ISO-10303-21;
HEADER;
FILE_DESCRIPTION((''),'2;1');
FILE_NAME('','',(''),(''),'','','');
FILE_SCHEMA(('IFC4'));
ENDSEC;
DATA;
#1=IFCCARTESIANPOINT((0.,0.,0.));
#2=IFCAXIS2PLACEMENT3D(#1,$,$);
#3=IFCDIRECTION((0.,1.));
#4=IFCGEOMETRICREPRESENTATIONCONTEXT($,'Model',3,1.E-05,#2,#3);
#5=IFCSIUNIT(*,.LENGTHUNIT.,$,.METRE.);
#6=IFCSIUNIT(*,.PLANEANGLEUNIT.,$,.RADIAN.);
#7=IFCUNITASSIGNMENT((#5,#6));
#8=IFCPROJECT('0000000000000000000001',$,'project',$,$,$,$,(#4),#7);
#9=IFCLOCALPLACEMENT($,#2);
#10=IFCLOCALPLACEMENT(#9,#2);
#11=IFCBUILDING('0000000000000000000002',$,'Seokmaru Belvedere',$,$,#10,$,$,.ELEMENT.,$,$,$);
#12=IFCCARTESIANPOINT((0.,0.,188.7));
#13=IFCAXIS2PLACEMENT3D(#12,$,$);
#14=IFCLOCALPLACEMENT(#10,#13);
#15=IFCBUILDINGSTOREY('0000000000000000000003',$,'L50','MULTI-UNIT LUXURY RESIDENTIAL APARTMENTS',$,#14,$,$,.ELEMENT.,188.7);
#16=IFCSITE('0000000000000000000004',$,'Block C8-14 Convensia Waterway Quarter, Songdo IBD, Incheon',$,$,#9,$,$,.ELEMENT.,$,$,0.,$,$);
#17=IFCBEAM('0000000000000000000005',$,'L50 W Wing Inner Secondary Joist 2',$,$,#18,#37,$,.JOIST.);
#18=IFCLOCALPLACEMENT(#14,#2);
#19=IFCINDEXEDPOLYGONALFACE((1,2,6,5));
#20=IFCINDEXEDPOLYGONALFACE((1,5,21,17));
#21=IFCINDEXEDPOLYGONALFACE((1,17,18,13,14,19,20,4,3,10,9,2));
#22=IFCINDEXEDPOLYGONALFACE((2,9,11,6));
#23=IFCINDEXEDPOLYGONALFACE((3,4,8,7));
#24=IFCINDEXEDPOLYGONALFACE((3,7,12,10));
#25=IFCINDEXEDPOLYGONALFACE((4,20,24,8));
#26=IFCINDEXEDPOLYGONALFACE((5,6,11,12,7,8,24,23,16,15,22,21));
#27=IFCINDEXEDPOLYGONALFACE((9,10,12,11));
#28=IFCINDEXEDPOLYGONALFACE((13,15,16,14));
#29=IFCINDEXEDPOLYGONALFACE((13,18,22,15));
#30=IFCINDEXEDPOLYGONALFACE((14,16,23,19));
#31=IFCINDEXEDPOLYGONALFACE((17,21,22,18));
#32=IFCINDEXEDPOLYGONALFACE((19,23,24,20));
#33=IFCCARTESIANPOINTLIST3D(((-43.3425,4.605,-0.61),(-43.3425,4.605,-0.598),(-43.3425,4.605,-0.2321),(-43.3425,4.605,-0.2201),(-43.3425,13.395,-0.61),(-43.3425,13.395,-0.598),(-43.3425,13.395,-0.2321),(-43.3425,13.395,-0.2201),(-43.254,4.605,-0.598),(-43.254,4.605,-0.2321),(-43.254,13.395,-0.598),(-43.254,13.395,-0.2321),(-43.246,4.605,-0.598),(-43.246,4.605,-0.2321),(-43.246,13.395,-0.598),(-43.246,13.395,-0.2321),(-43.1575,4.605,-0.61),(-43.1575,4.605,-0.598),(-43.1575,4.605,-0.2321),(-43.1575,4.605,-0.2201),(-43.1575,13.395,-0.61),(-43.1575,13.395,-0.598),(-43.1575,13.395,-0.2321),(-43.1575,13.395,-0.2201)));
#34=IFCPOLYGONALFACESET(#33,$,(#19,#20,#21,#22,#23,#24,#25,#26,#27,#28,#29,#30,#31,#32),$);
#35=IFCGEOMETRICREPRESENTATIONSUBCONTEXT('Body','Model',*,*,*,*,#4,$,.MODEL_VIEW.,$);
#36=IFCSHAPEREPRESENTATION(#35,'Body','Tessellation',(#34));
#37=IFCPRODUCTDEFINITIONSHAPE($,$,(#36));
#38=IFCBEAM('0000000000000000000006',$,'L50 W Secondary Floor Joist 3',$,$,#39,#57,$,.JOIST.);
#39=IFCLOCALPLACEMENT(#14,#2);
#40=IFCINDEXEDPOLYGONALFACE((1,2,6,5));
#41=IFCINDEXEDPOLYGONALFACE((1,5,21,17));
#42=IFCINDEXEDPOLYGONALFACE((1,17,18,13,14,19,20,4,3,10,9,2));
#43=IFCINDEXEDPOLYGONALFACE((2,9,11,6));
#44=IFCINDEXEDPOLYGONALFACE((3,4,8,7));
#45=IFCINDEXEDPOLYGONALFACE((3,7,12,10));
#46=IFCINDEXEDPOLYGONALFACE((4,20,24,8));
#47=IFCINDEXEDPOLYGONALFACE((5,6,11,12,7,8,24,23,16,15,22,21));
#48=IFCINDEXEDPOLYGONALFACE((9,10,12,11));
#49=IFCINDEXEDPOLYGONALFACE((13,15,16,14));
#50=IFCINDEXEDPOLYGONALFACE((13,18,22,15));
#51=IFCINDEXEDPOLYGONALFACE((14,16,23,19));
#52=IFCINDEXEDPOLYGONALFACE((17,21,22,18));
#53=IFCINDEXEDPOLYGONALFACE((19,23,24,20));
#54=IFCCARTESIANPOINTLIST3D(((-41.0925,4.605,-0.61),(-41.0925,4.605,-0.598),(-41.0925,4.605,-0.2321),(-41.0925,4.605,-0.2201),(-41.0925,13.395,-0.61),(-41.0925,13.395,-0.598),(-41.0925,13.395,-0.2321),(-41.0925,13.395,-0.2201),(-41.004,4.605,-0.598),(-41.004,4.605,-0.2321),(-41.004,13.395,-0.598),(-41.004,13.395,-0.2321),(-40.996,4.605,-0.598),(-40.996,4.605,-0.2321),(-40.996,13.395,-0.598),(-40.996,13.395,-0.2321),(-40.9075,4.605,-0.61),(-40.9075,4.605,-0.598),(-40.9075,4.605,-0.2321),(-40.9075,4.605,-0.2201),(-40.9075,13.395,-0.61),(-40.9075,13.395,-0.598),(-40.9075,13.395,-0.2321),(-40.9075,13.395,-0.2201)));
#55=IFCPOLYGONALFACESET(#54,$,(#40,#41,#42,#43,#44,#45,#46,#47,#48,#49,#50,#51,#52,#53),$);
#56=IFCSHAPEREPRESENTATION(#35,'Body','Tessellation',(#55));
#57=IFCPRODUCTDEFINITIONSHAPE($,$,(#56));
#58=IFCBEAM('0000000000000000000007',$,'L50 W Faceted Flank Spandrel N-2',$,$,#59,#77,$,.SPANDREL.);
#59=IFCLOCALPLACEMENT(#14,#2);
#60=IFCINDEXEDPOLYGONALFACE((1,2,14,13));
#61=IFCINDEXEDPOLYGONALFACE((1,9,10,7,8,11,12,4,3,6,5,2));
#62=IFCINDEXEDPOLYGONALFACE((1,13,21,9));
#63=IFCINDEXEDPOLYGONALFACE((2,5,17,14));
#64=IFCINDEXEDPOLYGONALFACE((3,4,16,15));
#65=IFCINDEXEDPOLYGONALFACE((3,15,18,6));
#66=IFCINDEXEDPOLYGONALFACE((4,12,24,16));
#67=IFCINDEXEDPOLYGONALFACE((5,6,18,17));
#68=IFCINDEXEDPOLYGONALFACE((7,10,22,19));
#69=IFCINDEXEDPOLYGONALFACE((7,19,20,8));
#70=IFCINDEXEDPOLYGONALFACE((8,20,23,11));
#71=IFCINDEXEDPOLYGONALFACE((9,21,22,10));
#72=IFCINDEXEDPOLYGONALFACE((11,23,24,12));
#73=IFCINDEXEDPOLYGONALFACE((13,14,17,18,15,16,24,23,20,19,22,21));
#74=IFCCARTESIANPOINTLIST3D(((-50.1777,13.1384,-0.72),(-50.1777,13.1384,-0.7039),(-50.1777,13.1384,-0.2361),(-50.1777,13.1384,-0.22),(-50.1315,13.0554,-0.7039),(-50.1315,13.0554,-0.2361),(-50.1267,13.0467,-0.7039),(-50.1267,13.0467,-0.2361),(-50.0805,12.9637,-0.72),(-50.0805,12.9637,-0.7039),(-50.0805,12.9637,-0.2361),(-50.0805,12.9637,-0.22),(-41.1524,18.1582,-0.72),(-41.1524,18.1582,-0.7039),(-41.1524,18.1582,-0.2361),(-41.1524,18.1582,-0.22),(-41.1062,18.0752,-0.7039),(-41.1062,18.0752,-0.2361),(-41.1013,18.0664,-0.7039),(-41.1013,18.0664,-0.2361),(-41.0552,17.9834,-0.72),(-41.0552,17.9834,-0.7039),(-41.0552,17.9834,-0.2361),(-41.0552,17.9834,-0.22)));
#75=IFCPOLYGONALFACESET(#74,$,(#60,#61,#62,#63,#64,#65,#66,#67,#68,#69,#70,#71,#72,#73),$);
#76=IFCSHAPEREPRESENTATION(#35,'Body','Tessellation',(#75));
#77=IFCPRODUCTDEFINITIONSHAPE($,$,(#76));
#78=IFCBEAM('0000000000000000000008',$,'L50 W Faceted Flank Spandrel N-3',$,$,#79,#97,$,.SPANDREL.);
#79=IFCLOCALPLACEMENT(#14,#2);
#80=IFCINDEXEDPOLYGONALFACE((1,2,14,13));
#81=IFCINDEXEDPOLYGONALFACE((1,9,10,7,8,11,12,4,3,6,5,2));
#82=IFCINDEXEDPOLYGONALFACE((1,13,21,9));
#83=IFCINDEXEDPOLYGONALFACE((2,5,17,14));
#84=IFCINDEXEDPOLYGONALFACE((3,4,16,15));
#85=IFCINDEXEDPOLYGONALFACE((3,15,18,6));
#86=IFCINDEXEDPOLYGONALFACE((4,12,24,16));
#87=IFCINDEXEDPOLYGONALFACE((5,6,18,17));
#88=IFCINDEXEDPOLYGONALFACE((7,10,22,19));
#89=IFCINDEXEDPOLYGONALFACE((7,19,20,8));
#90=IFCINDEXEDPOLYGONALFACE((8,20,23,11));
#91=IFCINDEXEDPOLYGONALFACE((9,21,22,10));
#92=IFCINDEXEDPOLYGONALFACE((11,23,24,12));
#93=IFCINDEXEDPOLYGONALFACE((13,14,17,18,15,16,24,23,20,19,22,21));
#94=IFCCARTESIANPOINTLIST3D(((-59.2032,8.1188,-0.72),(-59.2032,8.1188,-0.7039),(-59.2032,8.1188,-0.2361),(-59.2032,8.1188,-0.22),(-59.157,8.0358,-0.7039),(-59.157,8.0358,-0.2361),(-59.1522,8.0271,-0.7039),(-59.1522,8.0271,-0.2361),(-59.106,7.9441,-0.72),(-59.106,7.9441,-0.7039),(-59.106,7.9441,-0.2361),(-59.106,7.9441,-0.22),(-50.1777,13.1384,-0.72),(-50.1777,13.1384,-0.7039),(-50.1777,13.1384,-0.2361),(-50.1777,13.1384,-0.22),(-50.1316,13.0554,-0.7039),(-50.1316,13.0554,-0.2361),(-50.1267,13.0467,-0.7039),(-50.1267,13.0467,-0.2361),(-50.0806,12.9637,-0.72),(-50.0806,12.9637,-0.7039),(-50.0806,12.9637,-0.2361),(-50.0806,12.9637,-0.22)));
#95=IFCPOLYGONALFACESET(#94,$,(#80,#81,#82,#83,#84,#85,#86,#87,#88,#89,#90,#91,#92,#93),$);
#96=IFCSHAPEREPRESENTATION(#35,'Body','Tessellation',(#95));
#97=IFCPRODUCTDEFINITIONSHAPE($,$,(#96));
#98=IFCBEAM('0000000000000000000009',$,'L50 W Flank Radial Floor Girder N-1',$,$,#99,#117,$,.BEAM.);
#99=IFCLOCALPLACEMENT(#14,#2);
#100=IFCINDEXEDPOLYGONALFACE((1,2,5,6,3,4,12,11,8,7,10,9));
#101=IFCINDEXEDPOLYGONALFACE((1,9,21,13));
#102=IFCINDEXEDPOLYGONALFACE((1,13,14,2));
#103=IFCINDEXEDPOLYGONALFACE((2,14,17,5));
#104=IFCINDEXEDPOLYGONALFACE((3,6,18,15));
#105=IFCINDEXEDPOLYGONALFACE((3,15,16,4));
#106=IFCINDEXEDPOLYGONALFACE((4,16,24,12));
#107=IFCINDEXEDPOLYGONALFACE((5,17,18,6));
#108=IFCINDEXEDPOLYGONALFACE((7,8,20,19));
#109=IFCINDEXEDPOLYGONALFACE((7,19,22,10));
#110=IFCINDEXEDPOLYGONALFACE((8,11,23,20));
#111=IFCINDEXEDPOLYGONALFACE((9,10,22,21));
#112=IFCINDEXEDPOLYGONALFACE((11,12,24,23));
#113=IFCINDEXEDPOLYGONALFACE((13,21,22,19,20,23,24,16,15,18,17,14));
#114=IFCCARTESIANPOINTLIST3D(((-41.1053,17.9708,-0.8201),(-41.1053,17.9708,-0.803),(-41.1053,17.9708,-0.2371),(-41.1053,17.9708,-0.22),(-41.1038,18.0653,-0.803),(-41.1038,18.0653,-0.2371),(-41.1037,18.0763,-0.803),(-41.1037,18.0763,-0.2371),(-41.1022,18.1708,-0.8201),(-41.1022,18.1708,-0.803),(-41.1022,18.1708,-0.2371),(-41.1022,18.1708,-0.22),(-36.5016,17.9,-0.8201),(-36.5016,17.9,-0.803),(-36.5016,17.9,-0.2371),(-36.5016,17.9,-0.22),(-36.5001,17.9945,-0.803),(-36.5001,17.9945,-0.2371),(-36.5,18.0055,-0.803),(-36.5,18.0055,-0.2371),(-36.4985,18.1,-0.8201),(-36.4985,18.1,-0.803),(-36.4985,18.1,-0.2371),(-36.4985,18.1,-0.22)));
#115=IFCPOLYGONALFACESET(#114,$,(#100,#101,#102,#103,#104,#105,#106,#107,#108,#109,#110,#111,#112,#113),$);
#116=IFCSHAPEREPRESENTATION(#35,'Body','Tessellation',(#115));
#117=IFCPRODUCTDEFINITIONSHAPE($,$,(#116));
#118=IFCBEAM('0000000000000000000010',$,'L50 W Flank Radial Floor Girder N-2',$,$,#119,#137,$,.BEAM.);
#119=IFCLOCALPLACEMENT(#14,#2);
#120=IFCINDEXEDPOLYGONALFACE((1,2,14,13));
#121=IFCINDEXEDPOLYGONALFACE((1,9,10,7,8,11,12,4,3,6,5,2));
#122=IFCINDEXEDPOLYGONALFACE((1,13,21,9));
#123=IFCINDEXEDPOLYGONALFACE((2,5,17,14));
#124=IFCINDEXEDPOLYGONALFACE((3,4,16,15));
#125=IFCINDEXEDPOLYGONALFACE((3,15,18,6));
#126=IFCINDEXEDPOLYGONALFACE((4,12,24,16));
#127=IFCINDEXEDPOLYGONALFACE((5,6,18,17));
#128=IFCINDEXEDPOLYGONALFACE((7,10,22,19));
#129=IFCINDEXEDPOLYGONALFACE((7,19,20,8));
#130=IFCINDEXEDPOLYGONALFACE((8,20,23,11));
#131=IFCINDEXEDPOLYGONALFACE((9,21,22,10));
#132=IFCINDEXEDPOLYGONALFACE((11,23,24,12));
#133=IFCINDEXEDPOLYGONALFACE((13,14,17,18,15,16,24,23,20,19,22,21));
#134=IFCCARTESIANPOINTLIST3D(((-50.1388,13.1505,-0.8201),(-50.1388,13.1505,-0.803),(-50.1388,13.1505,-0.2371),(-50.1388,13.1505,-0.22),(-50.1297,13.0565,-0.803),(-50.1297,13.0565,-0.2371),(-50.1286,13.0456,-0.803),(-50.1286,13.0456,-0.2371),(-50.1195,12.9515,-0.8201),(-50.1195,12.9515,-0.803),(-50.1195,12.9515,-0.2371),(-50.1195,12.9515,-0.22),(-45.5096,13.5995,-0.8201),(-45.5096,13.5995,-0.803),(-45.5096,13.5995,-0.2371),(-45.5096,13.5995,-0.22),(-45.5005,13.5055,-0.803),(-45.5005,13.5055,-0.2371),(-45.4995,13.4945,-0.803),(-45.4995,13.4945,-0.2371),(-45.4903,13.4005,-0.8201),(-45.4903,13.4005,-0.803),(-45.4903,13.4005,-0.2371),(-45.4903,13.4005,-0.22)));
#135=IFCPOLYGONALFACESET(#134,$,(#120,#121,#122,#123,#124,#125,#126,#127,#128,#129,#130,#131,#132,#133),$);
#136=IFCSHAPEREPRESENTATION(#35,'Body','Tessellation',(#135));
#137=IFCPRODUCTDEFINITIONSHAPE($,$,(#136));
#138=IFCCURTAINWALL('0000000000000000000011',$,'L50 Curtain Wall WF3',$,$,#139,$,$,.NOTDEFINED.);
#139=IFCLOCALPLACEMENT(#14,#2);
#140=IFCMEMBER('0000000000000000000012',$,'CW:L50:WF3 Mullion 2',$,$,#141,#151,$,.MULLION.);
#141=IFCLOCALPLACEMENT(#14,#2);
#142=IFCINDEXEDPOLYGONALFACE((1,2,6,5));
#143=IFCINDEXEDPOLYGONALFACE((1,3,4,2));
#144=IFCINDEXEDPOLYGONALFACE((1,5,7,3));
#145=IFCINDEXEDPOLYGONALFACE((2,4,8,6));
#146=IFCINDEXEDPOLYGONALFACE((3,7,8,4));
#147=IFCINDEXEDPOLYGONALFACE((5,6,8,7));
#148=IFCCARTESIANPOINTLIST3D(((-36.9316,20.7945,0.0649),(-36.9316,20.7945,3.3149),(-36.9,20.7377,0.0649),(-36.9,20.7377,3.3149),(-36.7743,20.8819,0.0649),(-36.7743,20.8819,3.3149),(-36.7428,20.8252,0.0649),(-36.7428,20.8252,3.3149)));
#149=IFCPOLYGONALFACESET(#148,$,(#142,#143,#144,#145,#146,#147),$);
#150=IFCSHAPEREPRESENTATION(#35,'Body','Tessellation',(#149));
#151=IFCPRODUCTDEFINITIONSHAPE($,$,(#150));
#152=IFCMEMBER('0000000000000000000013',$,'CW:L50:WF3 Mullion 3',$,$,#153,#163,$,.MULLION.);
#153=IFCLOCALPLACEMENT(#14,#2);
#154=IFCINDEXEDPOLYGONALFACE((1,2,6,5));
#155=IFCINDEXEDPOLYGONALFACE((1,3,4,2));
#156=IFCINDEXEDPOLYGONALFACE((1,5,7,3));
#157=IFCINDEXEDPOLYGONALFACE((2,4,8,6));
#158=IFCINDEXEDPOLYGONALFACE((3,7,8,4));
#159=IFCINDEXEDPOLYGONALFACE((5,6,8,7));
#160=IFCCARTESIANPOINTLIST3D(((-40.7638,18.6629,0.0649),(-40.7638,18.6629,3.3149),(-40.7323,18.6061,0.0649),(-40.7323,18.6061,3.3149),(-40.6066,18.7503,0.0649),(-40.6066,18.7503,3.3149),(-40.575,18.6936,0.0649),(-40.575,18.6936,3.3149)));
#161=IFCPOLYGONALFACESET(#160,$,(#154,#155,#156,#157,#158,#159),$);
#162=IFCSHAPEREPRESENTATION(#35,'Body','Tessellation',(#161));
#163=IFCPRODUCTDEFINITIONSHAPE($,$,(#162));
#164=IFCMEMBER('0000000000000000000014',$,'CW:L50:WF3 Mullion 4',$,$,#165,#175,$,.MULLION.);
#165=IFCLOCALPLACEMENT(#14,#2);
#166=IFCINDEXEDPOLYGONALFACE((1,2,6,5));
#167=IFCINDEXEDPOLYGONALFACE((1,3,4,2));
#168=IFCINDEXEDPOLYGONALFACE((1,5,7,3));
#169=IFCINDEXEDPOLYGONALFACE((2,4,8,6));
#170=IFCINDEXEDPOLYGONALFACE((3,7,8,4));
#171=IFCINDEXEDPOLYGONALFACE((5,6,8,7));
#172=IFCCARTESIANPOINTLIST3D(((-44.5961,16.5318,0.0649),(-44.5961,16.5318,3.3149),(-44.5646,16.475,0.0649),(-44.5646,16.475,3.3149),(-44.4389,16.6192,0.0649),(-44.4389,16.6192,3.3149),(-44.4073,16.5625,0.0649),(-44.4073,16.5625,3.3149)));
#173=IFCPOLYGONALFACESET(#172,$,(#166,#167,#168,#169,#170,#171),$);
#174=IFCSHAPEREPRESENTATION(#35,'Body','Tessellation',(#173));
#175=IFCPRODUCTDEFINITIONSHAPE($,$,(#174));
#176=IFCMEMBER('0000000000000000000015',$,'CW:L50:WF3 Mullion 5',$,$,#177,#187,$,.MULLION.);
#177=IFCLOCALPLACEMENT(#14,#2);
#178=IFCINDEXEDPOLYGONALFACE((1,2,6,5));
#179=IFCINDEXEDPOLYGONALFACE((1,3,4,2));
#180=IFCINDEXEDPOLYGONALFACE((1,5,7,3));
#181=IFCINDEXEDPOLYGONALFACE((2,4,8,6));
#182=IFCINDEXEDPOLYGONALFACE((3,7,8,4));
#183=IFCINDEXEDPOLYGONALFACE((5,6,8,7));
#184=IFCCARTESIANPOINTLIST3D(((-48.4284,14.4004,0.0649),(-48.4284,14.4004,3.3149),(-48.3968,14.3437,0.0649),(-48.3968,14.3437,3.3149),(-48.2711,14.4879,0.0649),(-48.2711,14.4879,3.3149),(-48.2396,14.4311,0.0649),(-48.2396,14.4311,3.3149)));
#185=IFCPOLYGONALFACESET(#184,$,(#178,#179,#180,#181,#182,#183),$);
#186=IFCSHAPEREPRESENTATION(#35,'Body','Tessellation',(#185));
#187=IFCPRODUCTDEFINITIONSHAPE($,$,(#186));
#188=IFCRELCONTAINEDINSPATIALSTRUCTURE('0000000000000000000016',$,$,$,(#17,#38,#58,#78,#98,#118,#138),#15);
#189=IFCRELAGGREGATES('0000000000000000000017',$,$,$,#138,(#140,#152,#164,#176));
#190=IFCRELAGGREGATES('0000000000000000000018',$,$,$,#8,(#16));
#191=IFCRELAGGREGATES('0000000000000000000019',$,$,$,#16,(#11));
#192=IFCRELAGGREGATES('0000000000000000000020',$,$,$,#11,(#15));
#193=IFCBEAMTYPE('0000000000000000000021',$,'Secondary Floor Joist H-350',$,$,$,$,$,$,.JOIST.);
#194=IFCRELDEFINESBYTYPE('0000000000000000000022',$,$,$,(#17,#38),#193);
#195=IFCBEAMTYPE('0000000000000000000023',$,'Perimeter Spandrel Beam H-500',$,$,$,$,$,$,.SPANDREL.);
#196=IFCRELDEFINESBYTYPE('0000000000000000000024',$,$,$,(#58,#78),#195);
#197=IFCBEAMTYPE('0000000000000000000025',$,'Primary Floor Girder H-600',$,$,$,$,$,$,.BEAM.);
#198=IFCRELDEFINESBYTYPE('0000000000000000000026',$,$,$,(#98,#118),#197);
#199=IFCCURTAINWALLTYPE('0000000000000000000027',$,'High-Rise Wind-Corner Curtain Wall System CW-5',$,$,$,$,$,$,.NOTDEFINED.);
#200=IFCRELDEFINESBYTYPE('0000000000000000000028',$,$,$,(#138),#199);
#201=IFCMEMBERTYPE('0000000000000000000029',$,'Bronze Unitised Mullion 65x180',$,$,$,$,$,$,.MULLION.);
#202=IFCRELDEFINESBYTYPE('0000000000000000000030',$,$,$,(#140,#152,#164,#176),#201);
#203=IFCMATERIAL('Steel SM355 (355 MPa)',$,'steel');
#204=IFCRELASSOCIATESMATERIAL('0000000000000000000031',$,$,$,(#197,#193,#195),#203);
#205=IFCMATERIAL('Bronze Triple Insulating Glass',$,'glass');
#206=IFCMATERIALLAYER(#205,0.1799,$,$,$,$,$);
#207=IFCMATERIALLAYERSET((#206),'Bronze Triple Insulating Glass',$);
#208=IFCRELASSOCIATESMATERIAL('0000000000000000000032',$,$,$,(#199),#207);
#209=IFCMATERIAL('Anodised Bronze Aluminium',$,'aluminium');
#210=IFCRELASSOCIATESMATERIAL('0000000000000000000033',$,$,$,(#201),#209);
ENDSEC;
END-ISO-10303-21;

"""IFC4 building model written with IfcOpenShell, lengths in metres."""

from ifc_helpers import new_model, si_unit, direction, frame, origin, origin_2d, place, context, subcontext, project, spatial, rectangle, i_section, extrude, source, transform, mapped, material, layer, layer_set, material_profile, profile_set, type_object, type_shapes, element, aggregate, save


model = new_model("IFC4")

# Units and contexts
model_context = context("Model", 3, precision=1e-05, world=origin(), true_north=direction((0.0, 1.0)))
body_context = subcontext(model_context, "Body", "Model", "MODEL_VIEW")
ifc_project = project(units=[si_unit("LENGTHUNIT", "METRE"), si_unit("PLANEANGLEUNIT", "RADIAN")], contexts=[model_context])

# Site, building, storey
site_placement = place(None, origin())
site = spatial("IfcSite", under=ifc_project, at=site_placement, Name="Block C8-14 Convensia Waterway Quarter, Songdo IBD, Incheon", CompositionType="ELEMENT", RefElevation=0.0)
building_placement = place(site_placement, origin())
building = spatial("IfcBuilding", under=site, at=building_placement, Name="Seokmaru Belvedere", CompositionType="ELEMENT")
storey_placement = place(building_placement, frame((0.0, 0.0, 188.7)))
storey = spatial("IfcBuildingStorey", under=building, at=storey_placement, Name="L50", Description="MULTI-UNIT LUXURY RESIDENTIAL APARTMENTS", CompositionType="ELEMENT", Elevation=188.7)

# Shared definitions
ifc_material_1 = material(Name="Steel SM355 (355 MPa)", Category="steel")

# Beams
ifc_material_profile_1 = material_profile(ifc_material_1, i_section(OverallWidth=0.2, OverallDepth=0.6001, WebThickness=0.011, FlangeThickness=0.0171, at=origin_2d()), Name="H-600x200x11x17")
ifc_profile_set_1 = profile_set([ifc_material_profile_1], Name="Steel SM355 (355 MPa)")
beam_type_1 = type_object("IfcBeamType", Name="Primary Floor Girder H-600", PredefinedType="BEAM", material=ifc_profile_set_1)
ifc_material_profile_2 = material_profile(ifc_material_1, i_section(OverallWidth=0.1851, OverallDepth=0.3899, WebThickness=0.0081, FlangeThickness=0.012, at=origin_2d()), Name="H-390x185x8x12")
ifc_profile_set_2 = profile_set([ifc_material_profile_2], Name="Steel SM355 (355 MPa)")
beam_type_2 = type_object("IfcBeamType", Name="Secondary Floor Joist H-350", PredefinedType="JOIST", material=ifc_profile_set_2)
shared_shape_1 = source(origin(), body_context, "Body", "SweptSolid", [
    extrude(i_section(OverallWidth=0.1851, OverallDepth=0.3899, WebThickness=0.0081, FlangeThickness=0.012, at=origin_2d()), origin(), (0.0, 0.0, 1.0), 8.79),
])
type_shapes(beam_type_2, [shared_shape_1])
for number, where, z_axis, x_axis, name in (
    (1, (-43.25, 4.605, -0.415), (0.0, 1.0, 0.0), (-1.0, 0.0, 0.0), "L50 W Wing Inner Secondary Joist 2"),
    (2, (-41.0, 4.605, -0.415), (0.0, 1.0, 0.0), (-1.0, 0.0, 0.0), "L50 W Secondary Floor Joist 3"),
):
    element("IfcBeam", number, at=place(storey_placement, frame(where, z_axis=z_axis, x_axis=x_axis)), inside=storey, type_object=beam_type_2, Name=name, PredefinedType="JOIST", context=body_context, shape_type="MappedRepresentation", body=[
        mapped(shared_shape_1, transform((0.0, 0.0, 0.0), scale=1.0)),
    ])
ifc_material_profile_3 = material_profile(ifc_material_1, i_section(OverallWidth=0.2, OverallDepth=0.5, WebThickness=0.01, FlangeThickness=0.0161, at=origin_2d()), Name="H-500x200x10x16")
ifc_profile_set_3 = profile_set([ifc_material_profile_3], Name="Steel SM355 (355 MPa)")
beam_type_3 = type_object("IfcBeamType", Name="Perimeter Spandrel Beam H-500", PredefinedType="SPANDREL", material=ifc_profile_set_3)
shared_shape_2 = source(origin(), body_context, "Body", "SweptSolid", [
    extrude(i_section(OverallWidth=0.2, OverallDepth=0.5, WebThickness=0.01, FlangeThickness=0.0161, at=origin_2d()), origin(), (0.0, 0.0, 1.0), 10.3274),
])
type_shapes(beam_type_3, [shared_shape_2])
for number, where, z_axis, x_axis, name in (
    (3, (-41.1038, 18.0708, -0.47), (-0.873924, -0.486062, 0.0), (0.486062, -0.873924, 0.0), "L50 W Faceted Flank Spandrel N-2"),
    (4, (-50.1292, 13.051, -0.47), (-0.873934, -0.486044, 0.0), (0.486044, -0.873934, 0.0), "L50 W Faceted Flank Spandrel N-3"),
):
    element("IfcBeam", number, at=place(storey_placement, frame(where, z_axis=z_axis, x_axis=x_axis)), inside=storey, type_object=beam_type_3, Name=name, PredefinedType="SPANDREL", context=body_context, shape_type="MappedRepresentation", body=[
        mapped(shared_shape_2, transform((0.0, 0.0, 0.0), scale=1.0)),
    ])
shared_shape_3 = source(origin(), body_context, "Body", "SweptSolid", [
    extrude(i_section(OverallWidth=0.2, OverallDepth=0.6001, WebThickness=0.011, FlangeThickness=0.0171, at=origin_2d()), origin(), (0.0, 0.0, 1.0), 4.6042),
])
beam_1_placement = place(storey_placement, frame((-41.1038, 18.0708, -0.52), z_axis=(0.999882, -0.015377, 0.0), x_axis=(0.015377, 0.999882, 0.0)))
element("IfcBeam", 5, at=beam_1_placement, inside=storey, type_object=beam_type_1, Name="L50 W Flank Radial Floor Girder N-1", PredefinedType="BEAM", context=body_context, shape_type="MappedRepresentation", body=[
    mapped(shared_shape_3, transform((0.0, 0.0, 0.0), scale=1.0)),
])
shared_shape_4 = source(origin(), body_context, "Body", "SweptSolid", [
    extrude(i_section(OverallWidth=0.2, OverallDepth=0.6001, WebThickness=0.011, FlangeThickness=0.0171, at=origin_2d()), origin(), (0.0, 0.0, 1.0), 4.6509),
])
beam_2_placement = place(storey_placement, frame((-50.1292, 13.051, -0.52), z_axis=(0.99533, 0.096536, 0.0), x_axis=(-0.096536, 0.99533, 0.0)))
element("IfcBeam", 6, at=beam_2_placement, inside=storey, type_object=beam_type_1, Name="L50 W Flank Radial Floor Girder N-2", PredefinedType="BEAM", context=body_context, shape_type="MappedRepresentation", body=[
    mapped(shared_shape_4, transform((0.0, 0.0, 0.0), scale=1.0)),
])

# Curtain wall, members
ifc_material_2 = material(Name="Bronze Triple Insulating Glass", Category="glass")
ifc_layer_1 = layer(ifc_material_2, 0.1799)
ifc_layer_set_1 = layer_set([ifc_layer_1], Name="Bronze Triple Insulating Glass")
curtain_wall_type = type_object("IfcCurtainWallType", Name="High-Rise Wind-Corner Curtain Wall System CW-5", PredefinedType="NOTDEFINED", material=ifc_layer_set_1)
curtain_wall_placement = place(storey_placement, origin())
curtain_wall = element("IfcCurtainWall", 7, at=curtain_wall_placement, inside=storey, type_object=curtain_wall_type, Name="L50 Curtain Wall WF3", PredefinedType="NOTDEFINED")
ifc_material_3 = material(Name="Anodised Bronze Aluminium", Category="aluminium")
ifc_material_profile_4 = material_profile(ifc_material_3, rectangle(XDim=0.0649, YDim=0.1799, at=origin_2d()), Name="CW-M-65x180")
ifc_profile_set_4 = profile_set([ifc_material_profile_4], Name="Anodised Bronze Aluminium")
member_type = type_object("IfcMemberType", Name="Bronze Unitised Mullion 65x180", PredefinedType="MULLION", material=ifc_profile_set_4)
shared_shape_5 = source(origin(), body_context, "Body", "SweptSolid", [
    extrude(rectangle(XDim=0.0649, YDim=0.1799, at=origin_2d()), origin(), (0.0, 0.0, 1.0), 3.25),
])
type_shapes(member_type, [shared_shape_5])
member_1_placement = place(storey_placement, frame((-36.8372, 20.8098, 0.0649), z_axis=(0.0, 0.0, 1.0), x_axis=(0.486047, -0.873933, 0.0)))
member_1 = element("IfcMember", 8, at=member_1_placement, type_object=member_type, Name="CW:L50:WF3 Mullion 2", PredefinedType="MULLION", context=body_context, shape_type="MappedRepresentation", body=[
    mapped(shared_shape_5, transform((0.0, 0.0, 0.0), scale=1.0)),
])
member_2_placement = place(storey_placement, frame((-40.6694, 18.6782, 0.0649), z_axis=(0.0, 0.0, 1.0), x_axis=(0.486047, -0.873933, 0.0)))
member_2 = element("IfcMember", 9, at=member_2_placement, type_object=member_type, Name="CW:L50:WF3 Mullion 3", PredefinedType="MULLION", context=body_context, shape_type="MappedRepresentation", body=[
    mapped(shared_shape_5, transform((0.0, 0.0, 0.0), scale=1.0)),
])
member_3_placement = place(storey_placement, frame((-44.5017, 16.5471, 0.0649), z_axis=(0.0, 0.0, 1.0), x_axis=(0.486047, -0.873933, 0.0)))
member_3 = element("IfcMember", 10, at=member_3_placement, type_object=member_type, Name="CW:L50:WF3 Mullion 4", PredefinedType="MULLION", context=body_context, shape_type="MappedRepresentation", body=[
    mapped(shared_shape_5, transform((0.0, 0.0, 0.0), scale=1.0)),
])
member_4_placement = place(storey_placement, frame((-48.334, 14.4158, 0.0649), z_axis=(0.0, 0.0, 1.0), x_axis=(0.486047, -0.873933, 0.0)))
member_4 = element("IfcMember", 11, at=member_4_placement, type_object=member_type, Name="CW:L50:WF3 Mullion 5", PredefinedType="MULLION", context=body_context, shape_type="MappedRepresentation", body=[
    mapped(shared_shape_5, transform((0.0, 0.0, 0.0), scale=1.0)),
])
aggregate(curtain_wall, [member_1, member_2, member_3, member_4])

save(model, "model.ifc")
